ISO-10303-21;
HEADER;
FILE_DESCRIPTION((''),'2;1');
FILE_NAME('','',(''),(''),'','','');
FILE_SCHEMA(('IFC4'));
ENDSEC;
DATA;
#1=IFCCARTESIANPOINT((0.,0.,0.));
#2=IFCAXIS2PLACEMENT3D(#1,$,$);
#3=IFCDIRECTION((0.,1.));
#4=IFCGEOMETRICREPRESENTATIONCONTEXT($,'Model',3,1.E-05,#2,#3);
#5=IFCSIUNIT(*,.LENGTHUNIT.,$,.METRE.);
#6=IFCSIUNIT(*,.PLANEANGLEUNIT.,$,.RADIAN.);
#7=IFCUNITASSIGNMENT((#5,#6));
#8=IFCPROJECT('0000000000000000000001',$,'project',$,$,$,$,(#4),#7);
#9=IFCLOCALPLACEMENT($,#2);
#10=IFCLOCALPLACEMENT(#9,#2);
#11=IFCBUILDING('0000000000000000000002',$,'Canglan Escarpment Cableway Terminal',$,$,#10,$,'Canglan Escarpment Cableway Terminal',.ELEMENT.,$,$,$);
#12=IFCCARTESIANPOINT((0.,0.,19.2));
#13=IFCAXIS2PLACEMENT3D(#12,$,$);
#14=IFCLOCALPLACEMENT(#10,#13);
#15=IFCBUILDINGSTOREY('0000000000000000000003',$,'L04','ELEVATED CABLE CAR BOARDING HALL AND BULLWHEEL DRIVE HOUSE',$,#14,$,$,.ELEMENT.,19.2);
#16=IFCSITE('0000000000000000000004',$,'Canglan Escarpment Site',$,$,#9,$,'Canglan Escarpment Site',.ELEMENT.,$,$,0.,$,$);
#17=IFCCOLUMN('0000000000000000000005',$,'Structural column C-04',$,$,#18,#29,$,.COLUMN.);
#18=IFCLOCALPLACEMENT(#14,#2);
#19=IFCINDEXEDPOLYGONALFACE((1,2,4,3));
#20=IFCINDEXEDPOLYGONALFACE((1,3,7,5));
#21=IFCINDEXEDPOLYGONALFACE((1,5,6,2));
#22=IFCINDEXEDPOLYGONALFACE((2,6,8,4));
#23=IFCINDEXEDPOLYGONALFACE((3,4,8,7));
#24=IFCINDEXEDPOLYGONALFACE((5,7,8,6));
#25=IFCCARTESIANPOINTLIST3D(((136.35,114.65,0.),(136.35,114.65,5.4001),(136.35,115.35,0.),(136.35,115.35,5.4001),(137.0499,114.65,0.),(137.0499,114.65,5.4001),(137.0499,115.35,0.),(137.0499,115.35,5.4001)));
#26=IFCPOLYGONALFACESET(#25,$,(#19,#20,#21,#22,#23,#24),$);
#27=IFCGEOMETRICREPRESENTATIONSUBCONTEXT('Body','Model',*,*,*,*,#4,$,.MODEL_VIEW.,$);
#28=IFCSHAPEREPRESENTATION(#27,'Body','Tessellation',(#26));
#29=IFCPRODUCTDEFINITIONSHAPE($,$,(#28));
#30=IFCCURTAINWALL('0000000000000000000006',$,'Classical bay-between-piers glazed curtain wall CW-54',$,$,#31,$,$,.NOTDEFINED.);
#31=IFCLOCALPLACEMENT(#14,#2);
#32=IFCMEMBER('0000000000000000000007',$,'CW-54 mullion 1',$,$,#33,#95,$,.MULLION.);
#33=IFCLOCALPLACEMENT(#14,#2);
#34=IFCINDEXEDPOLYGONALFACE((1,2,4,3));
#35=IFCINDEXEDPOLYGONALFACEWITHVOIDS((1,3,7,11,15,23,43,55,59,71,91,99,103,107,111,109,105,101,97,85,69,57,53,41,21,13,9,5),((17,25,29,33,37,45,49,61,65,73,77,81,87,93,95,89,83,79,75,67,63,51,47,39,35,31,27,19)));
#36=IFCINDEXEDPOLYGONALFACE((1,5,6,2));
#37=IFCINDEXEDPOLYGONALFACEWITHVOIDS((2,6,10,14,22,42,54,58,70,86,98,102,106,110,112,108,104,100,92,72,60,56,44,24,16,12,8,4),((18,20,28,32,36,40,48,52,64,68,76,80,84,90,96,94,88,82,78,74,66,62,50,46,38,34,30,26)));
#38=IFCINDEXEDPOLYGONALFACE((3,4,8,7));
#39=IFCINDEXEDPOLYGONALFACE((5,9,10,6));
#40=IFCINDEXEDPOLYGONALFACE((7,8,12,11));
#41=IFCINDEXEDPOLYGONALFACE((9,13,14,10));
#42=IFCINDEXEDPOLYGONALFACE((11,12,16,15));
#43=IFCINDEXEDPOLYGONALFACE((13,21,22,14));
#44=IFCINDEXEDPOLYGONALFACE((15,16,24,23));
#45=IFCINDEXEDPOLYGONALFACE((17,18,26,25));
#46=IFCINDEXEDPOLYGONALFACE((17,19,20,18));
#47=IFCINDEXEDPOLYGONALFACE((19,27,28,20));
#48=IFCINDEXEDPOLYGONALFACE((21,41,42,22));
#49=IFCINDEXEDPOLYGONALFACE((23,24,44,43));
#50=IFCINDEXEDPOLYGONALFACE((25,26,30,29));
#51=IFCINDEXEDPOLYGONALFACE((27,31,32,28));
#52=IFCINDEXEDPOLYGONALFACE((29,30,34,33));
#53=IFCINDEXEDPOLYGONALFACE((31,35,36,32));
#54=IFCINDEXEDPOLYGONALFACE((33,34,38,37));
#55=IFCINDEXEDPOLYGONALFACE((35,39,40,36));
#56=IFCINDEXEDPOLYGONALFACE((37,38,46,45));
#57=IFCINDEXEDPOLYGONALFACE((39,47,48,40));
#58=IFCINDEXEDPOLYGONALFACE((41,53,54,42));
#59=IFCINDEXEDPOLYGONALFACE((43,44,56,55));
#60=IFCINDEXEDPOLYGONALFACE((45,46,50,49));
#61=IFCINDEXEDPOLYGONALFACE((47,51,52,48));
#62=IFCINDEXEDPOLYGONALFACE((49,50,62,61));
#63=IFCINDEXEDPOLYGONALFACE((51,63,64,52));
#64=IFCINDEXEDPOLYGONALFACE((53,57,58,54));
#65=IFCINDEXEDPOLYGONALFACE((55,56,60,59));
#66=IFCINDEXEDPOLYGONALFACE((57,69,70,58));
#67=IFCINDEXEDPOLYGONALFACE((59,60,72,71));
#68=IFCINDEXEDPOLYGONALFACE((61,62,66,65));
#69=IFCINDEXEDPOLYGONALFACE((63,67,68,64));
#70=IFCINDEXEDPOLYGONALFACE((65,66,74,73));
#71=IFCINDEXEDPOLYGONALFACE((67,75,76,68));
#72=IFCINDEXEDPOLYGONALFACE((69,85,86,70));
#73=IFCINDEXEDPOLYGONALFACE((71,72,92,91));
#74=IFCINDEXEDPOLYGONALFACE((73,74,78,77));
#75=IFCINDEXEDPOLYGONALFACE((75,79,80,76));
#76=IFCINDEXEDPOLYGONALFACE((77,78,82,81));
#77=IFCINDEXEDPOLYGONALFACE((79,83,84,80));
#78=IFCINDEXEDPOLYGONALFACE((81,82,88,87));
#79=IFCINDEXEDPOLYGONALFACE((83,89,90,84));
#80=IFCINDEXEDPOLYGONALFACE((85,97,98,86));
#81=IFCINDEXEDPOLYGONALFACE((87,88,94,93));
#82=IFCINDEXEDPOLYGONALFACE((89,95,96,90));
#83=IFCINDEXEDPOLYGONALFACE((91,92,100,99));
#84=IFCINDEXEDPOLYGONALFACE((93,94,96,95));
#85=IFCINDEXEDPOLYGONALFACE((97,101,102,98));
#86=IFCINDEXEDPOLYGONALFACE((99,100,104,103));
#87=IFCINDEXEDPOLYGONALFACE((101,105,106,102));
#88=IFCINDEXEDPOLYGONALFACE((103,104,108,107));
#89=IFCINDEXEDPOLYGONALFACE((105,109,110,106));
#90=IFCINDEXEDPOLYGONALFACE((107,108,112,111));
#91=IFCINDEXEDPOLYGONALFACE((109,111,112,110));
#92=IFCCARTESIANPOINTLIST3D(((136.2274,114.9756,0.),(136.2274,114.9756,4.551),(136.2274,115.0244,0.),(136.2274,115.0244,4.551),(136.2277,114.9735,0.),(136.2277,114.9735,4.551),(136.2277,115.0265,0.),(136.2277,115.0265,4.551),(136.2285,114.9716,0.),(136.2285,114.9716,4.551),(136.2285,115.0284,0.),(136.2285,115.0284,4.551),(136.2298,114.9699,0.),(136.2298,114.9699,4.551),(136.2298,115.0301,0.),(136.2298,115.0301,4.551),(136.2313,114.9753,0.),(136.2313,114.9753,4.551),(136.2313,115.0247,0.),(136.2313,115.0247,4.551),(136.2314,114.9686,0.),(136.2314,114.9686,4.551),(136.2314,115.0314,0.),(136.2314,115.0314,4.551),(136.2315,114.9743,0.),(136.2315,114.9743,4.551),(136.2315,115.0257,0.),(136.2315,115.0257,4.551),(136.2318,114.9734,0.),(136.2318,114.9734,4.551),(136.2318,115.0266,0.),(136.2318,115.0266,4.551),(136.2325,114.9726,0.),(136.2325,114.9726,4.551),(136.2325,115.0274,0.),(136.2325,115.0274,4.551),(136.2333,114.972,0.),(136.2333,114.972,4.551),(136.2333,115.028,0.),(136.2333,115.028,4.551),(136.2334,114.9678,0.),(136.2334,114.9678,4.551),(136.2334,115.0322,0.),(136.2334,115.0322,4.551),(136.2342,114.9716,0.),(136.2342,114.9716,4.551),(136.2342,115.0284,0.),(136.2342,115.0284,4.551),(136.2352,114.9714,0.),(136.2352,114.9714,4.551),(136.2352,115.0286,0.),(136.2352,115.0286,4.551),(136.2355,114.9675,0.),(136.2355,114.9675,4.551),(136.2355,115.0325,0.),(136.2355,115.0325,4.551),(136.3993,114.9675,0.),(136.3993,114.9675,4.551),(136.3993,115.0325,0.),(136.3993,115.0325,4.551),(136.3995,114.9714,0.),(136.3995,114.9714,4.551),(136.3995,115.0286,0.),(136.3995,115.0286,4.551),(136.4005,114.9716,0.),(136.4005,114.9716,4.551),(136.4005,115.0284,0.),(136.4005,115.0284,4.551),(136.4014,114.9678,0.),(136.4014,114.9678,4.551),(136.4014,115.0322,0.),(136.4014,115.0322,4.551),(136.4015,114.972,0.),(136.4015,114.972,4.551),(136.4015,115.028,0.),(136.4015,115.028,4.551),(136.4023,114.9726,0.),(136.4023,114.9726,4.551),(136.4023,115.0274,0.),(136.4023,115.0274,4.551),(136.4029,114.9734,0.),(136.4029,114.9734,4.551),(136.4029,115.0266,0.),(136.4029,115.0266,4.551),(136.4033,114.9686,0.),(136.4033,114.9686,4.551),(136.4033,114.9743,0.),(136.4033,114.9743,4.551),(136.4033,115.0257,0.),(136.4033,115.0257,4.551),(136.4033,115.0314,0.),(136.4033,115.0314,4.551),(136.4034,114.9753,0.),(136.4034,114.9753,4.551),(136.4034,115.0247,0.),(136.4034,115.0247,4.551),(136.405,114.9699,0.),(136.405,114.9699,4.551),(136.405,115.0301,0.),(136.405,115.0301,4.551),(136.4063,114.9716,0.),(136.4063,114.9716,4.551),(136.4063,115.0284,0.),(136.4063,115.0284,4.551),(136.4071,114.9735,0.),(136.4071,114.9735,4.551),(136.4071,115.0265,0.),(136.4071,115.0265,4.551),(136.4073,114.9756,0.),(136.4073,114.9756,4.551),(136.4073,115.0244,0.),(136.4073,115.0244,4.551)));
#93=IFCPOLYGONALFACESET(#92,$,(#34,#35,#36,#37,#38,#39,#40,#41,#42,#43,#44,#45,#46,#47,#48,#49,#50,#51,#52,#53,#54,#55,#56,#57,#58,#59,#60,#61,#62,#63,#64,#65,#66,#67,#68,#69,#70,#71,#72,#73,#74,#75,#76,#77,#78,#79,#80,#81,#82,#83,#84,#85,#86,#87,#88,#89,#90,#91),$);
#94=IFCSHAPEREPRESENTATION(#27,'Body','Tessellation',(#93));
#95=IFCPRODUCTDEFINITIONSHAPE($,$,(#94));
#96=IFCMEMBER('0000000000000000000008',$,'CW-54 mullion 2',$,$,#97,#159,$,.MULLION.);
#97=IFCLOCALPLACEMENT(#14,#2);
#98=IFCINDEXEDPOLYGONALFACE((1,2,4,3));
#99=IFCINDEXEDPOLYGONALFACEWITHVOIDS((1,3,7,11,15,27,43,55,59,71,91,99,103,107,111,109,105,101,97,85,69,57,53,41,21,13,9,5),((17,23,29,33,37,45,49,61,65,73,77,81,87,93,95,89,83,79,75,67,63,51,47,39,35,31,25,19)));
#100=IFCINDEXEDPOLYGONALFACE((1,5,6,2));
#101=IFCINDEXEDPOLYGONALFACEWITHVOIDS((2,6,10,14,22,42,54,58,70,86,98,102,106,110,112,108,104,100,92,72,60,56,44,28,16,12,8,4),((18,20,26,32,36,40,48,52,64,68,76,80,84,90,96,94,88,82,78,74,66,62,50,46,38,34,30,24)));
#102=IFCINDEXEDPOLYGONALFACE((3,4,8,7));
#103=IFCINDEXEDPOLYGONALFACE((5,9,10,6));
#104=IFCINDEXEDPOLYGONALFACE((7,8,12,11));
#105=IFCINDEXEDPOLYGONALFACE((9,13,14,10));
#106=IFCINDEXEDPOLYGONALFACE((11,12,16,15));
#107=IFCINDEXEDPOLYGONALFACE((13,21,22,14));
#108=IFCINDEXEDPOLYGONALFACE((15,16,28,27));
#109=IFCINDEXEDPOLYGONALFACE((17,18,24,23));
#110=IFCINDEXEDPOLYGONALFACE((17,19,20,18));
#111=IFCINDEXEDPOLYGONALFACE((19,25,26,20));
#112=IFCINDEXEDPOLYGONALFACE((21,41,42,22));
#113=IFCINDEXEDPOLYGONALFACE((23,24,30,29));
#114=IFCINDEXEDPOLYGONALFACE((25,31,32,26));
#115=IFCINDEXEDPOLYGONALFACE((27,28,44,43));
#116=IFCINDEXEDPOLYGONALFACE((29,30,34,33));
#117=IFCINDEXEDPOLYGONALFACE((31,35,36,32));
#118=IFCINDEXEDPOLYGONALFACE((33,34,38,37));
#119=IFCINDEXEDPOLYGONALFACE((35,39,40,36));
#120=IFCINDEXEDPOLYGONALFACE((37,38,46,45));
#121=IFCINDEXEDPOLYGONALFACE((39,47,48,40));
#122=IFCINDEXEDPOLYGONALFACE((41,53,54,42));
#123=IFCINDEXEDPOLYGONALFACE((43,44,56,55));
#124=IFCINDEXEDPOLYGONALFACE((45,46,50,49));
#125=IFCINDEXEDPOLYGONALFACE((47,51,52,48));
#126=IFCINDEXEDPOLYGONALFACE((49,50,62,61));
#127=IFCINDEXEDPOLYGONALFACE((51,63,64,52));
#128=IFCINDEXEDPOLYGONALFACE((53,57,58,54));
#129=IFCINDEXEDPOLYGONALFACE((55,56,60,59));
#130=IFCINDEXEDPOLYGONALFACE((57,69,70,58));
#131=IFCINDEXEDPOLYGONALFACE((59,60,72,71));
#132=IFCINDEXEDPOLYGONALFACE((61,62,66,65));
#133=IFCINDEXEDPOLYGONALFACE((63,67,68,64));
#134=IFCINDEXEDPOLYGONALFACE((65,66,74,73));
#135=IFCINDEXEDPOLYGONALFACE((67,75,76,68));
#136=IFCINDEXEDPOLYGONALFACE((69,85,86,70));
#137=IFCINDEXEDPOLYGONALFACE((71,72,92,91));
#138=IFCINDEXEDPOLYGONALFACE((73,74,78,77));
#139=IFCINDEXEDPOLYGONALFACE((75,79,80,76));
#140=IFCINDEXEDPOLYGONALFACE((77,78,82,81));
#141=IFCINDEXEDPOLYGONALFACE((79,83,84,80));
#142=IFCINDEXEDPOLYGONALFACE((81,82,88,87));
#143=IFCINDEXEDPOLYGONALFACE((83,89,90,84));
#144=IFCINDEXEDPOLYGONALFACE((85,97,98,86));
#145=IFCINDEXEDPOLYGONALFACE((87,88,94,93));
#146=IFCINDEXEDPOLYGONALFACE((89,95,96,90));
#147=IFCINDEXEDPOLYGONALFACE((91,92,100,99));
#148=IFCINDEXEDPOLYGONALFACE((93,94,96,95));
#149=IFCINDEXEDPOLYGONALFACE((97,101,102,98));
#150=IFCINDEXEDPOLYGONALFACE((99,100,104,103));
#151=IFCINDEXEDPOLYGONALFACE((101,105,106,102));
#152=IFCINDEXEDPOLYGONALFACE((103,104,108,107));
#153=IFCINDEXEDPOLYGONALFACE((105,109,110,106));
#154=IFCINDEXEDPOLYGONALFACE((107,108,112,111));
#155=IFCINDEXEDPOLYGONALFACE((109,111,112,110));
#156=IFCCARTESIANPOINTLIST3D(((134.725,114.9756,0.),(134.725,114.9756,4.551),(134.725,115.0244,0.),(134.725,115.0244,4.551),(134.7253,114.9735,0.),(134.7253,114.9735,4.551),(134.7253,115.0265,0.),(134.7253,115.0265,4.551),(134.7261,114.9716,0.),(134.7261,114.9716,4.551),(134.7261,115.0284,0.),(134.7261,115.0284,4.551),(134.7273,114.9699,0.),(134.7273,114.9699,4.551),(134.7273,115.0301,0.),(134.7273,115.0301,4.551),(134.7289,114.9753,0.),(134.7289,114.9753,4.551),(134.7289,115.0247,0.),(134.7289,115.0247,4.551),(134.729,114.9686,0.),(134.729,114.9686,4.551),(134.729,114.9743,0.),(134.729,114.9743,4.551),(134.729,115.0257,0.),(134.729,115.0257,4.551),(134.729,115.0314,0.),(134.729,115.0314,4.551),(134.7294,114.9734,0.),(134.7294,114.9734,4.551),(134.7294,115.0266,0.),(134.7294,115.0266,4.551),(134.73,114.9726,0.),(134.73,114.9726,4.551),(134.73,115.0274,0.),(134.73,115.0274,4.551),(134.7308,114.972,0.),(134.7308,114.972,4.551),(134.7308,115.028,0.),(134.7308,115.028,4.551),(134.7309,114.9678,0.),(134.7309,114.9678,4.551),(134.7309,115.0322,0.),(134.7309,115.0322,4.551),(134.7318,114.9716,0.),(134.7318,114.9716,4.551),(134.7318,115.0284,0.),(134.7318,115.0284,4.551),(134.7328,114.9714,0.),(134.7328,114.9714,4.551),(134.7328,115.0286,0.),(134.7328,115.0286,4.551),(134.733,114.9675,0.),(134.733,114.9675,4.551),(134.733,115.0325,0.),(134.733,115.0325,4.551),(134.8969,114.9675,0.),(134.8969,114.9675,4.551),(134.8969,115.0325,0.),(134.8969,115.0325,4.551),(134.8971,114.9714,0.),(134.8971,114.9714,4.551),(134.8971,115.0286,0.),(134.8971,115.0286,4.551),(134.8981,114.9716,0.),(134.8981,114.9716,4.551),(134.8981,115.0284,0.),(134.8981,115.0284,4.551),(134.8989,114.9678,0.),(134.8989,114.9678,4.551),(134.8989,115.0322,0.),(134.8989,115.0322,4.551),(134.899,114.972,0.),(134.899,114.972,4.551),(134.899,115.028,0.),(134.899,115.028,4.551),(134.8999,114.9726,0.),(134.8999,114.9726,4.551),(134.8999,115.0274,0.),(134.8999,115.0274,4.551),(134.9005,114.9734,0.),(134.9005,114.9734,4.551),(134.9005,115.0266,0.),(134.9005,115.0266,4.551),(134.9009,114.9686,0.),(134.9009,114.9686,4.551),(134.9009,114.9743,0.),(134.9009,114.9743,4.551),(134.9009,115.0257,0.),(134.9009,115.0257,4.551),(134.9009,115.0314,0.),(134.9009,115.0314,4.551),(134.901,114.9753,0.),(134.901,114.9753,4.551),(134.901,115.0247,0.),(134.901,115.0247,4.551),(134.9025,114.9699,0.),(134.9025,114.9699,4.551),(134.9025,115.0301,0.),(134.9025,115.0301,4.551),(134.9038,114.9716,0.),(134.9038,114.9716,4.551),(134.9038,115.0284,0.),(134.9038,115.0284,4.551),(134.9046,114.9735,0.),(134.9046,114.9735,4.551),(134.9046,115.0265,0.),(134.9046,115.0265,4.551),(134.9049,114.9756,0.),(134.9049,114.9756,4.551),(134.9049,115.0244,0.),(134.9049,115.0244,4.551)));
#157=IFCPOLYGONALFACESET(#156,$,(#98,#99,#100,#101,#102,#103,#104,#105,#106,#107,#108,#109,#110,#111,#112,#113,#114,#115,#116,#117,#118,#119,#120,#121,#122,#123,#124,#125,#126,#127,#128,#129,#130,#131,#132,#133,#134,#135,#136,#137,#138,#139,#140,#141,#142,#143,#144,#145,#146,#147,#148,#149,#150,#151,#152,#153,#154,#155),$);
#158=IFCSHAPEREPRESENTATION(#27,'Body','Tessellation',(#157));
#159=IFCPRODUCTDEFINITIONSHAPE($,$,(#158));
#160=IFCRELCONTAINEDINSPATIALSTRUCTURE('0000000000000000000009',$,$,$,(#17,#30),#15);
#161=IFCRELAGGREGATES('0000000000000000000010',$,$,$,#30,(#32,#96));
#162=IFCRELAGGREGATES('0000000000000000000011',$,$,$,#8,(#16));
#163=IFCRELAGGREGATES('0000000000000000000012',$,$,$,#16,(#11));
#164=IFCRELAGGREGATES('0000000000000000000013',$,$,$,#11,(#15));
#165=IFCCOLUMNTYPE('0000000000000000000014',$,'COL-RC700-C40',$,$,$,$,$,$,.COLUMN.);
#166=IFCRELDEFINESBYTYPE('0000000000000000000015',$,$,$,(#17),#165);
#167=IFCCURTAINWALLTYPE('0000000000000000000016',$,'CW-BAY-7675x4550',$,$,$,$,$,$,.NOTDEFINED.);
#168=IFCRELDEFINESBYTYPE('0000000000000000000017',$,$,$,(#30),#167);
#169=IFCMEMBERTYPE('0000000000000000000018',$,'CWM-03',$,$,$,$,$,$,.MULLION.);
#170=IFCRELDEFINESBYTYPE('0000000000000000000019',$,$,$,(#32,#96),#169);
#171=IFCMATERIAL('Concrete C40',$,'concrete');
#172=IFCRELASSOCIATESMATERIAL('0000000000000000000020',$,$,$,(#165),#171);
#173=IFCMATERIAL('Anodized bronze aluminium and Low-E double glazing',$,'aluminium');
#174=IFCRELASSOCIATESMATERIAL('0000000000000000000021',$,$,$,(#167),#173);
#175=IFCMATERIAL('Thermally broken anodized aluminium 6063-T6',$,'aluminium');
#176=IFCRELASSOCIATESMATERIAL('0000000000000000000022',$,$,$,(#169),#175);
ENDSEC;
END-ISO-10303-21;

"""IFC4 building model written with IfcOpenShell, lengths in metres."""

from ifc_helpers import new_model, si_unit, direction, frame, origin, origin_2d, place, context, subcontext, project, spatial, rectangle, hollow_rectangle, extrude, material, material_profile, profile_set, type_object, element, aggregate, save


model = new_model("IFC4")

# Units and contexts
model_context = context("Model", 3, precision=1e-05, world=origin(), true_north=direction((0.0, 1.0)))
body_context = subcontext(model_context, "Body", "Model", "MODEL_VIEW")
ifc_project = project(units=[si_unit("LENGTHUNIT", "METRE"), si_unit("PLANEANGLEUNIT", "RADIAN")], contexts=[model_context])

# Site, building, storey
site_placement = place(None, origin())
site = spatial("IfcSite", under=ifc_project, at=site_placement, Name="Canglan Escarpment Site", LongName="Canglan Escarpment Site", CompositionType="ELEMENT", RefElevation=0.0)
building_placement = place(site_placement, origin())
building = spatial("IfcBuilding", under=site, at=building_placement, Name="Canglan Escarpment Cableway Terminal", LongName="Canglan Escarpment Cableway Terminal", CompositionType="ELEMENT")
storey_placement = place(building_placement, frame((0.0, 0.0, 19.2)))
storey = spatial("IfcBuildingStorey", under=building, at=storey_placement, Name="L04", Description="ELEVATED CABLE CAR BOARDING HALL AND BULLWHEEL DRIVE HOUSE", CompositionType="ELEMENT", Elevation=19.2)

# Column
ifc_material_1 = material(Name="Concrete C40", Category="concrete")
ifc_material_profile_1 = material_profile(ifc_material_1, rectangle(XDim=0.7, YDim=0.7, at=origin_2d()), Name="RC 700x700")
ifc_profile_set_1 = profile_set([ifc_material_profile_1], Name="Concrete C40")
column_type = type_object("IfcColumnType", Name="COL-RC700-C40", PredefinedType="COLUMN", material=ifc_profile_set_1)
column_placement = place(storey_placement, frame((136.7, 115.0, 0.0), z_axis=(0.0, 0.0, 1.0), x_axis=(1.0, 0.0, 0.0)))
element("IfcColumn", 1, at=column_placement, inside=storey, type_object=column_type, Name="Structural column C-04", PredefinedType="COLUMN", context=body_context, shape_type="SweptSolid", body=[
    extrude(rectangle(XDim=0.7, YDim=0.7, at=origin_2d()), origin(), (0.0, 0.0, 1.0), 5.4001),
])

# Curtain wall, members
ifc_material_2 = material(Name="Anodized bronze aluminium and Low-E double glazing", Category="aluminium")
curtain_wall_type = type_object("IfcCurtainWallType", Name="CW-BAY-7675x4550", PredefinedType="NOTDEFINED", material=ifc_material_2)
curtain_wall_placement = place(storey_placement, origin())
curtain_wall = element("IfcCurtainWall", 2, at=curtain_wall_placement, inside=storey, type_object=curtain_wall_type, Name="Classical bay-between-piers glazed curtain wall CW-54", PredefinedType="NOTDEFINED")
ifc_material_3 = material(Name="Thermally broken anodized aluminium 6063-T6", Category="aluminium")
ifc_material_profile_2 = material_profile(ifc_material_3, hollow_rectangle(XDim=0.0649, YDim=0.1799, WallThickness=0.0039, InnerFilletRadius=0.0039, OuterFilletRadius=0.0081, at=origin_2d()), Name="ALU-MULL 65x180x4")
ifc_profile_set_2 = profile_set([ifc_material_profile_2], Name="Thermally broken anodized aluminium 6063-T6")
member_type_1 = type_object("IfcMemberType", Name="CWM-03", PredefinedType="MULLION", material=ifc_profile_set_2)
member_1_placement = place(storey_placement, frame((136.3174, 115.0, 0.0), z_axis=(0.0, 0.0, 1.0), x_axis=(0.0, -1.0, 0.0)))
member_1 = element("IfcMember", 3, at=member_1_placement, type_object=member_type_1, Name="CW-54 mullion 1", PredefinedType="MULLION", context=body_context, shape_type="SweptSolid", body=[
    extrude(hollow_rectangle(XDim=0.0649, YDim=0.1799, WallThickness=0.0039, InnerFilletRadius=0.0039, OuterFilletRadius=0.0081, at=origin_2d()), origin(), (0.0, 0.0, 1.0), 4.551),
])
member_2_placement = place(storey_placement, frame((134.8149, 115.0, 0.0), z_axis=(0.0, 0.0, 1.0), x_axis=(0.0, -1.0, 0.0)))
member_2 = element("IfcMember", 4, at=member_2_placement, type_object=member_type_1, Name="CW-54 mullion 2", PredefinedType="MULLION", context=body_context, shape_type="SweptSolid", body=[
    extrude(hollow_rectangle(XDim=0.0649, YDim=0.1799, WallThickness=0.0039, InnerFilletRadius=0.0039, OuterFilletRadius=0.0081, at=origin_2d()), origin(), (0.0, 0.0, 1.0), 4.551),
])
aggregate(curtain_wall, [member_1, member_2])

save(model, "model.ifc")
